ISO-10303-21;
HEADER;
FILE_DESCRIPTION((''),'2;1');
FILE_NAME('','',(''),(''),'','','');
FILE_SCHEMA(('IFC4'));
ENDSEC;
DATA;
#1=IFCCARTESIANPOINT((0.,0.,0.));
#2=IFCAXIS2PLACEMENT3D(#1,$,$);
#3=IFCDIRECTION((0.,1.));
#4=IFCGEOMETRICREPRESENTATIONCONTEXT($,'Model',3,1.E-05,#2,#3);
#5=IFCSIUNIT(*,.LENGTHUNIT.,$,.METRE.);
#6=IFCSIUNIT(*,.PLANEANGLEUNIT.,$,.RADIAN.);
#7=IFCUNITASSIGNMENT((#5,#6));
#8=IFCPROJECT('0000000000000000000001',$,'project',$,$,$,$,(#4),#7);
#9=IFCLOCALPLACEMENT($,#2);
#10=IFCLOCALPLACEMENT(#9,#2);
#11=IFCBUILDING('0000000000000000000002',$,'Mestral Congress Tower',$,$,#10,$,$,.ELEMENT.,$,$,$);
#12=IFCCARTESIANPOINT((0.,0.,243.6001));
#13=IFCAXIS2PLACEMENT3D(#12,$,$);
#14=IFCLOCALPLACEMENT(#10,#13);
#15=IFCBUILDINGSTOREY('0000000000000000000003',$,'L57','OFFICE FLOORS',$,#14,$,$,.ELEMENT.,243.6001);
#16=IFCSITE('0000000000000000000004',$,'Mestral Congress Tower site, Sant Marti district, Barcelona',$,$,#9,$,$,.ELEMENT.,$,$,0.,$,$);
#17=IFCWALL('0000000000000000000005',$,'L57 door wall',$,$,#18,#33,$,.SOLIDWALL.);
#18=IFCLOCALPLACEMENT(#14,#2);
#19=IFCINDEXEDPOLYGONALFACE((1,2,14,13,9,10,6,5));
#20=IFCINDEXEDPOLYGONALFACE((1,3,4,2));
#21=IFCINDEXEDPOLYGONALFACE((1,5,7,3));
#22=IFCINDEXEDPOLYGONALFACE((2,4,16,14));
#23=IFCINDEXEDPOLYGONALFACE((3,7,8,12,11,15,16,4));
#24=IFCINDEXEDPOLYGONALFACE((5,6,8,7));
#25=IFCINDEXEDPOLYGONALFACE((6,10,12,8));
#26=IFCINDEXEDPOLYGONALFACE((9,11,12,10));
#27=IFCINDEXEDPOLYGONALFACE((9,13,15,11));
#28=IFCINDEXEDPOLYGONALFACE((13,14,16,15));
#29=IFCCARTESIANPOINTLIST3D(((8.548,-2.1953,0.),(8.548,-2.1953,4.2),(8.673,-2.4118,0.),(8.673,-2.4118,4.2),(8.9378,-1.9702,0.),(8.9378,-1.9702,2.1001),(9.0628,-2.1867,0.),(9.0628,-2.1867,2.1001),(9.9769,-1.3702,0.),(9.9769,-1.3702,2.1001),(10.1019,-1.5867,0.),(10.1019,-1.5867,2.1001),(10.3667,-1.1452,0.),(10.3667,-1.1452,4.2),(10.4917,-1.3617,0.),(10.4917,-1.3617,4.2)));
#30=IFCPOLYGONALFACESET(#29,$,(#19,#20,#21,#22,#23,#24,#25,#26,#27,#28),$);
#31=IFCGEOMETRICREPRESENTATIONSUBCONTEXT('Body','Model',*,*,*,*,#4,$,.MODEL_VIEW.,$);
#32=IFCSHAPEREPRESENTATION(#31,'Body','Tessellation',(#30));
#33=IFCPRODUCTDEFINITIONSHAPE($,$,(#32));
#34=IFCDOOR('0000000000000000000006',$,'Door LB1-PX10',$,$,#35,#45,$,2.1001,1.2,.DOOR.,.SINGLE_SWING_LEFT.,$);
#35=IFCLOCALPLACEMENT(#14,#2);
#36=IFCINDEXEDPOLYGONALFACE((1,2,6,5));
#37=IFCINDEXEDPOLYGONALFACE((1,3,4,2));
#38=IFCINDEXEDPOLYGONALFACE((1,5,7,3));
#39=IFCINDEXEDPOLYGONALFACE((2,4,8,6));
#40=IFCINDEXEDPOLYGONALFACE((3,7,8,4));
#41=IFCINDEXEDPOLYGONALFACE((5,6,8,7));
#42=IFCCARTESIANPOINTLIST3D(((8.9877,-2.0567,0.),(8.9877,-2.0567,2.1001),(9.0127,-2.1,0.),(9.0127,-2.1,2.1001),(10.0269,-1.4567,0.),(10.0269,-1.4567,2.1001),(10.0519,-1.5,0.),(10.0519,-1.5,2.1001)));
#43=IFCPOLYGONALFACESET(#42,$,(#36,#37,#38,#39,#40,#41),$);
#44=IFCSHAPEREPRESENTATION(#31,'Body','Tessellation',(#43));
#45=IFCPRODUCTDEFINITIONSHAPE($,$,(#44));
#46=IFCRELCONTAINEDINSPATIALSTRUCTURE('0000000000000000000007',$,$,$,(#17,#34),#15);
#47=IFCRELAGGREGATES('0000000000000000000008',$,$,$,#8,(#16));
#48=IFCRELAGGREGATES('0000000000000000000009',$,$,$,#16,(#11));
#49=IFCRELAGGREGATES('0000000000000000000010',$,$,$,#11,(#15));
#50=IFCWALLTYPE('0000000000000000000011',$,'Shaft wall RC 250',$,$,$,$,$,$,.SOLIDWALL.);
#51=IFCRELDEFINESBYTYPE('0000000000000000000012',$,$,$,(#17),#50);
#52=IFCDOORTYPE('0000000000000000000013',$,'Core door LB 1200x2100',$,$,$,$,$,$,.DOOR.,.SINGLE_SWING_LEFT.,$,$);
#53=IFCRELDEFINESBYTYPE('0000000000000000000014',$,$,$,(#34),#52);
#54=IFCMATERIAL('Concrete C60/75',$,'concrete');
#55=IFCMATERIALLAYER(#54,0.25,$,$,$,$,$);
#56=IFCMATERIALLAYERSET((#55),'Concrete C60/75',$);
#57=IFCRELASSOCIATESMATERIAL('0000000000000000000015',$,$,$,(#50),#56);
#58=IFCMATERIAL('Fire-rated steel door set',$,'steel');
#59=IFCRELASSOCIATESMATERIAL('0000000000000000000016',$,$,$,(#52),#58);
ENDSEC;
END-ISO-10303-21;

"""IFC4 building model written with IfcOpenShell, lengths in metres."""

from ifc_helpers import new_model, si_unit, direction, frame, frame_2d, origin, place, context, subcontext, project, spatial, rectangle, extrude, material, layer, layer_set, type_object, element, fill, save


model = new_model("IFC4")

# Units and contexts
model_context = context("Model", 3, precision=1e-05, world=origin(), true_north=direction((0.0, 1.0)))
body_context = subcontext(model_context, "Body", "Model", "MODEL_VIEW")
ifc_project = project(units=[si_unit("LENGTHUNIT", "METRE"), si_unit("PLANEANGLEUNIT", "RADIAN")], contexts=[model_context])

# Site, building, storey
site_placement = place(None, origin())
site = spatial("IfcSite", under=ifc_project, at=site_placement, Name="Mestral Congress Tower site, Sant Marti district, Barcelona", CompositionType="ELEMENT", RefElevation=0.0)
building_placement = place(site_placement, origin())
building = spatial("IfcBuilding", under=site, at=building_placement, Name="Mestral Congress Tower", CompositionType="ELEMENT")
storey_placement = place(building_placement, frame((0.0, 0.0, 243.6001)))
storey = spatial("IfcBuildingStorey", under=building, at=storey_placement, Name="L57", Description="OFFICE FLOORS", CompositionType="ELEMENT", Elevation=243.6001)

# Shared definitions
ifc_material_1 = material(Name="Concrete C60/75", Category="concrete")

# Shared definitions
ifc_material_2 = material(Name="Fire-rated steel door set", Category="steel")

# Shared definitions
ifc_layer_1 = layer(ifc_material_1, 0.25)
ifc_layer_set_1 = layer_set([ifc_layer_1], Name="Concrete C60/75")
wall_type_1 = type_object("IfcWallType", Name="Shaft wall RC 250", PredefinedType="SOLIDWALL", material=ifc_layer_set_1)

# Wall, opening, door
wall_1_placement = place(storey_placement, frame((10.4292, -1.2534, 0.0), z_axis=(0.0, 0.0, 1.0), x_axis=(-0.866009, -0.500028, 0.0)))
wall_1 = element("IfcWall", 1, at=wall_1_placement, inside=storey, type_object=wall_type_1, Name="L57 door wall", PredefinedType="SOLIDWALL", context=body_context, shape_type="SweptSolid", body=[
    extrude(rectangle(XDim=2.1001, YDim=0.25, at=frame_2d((1.05, 0.0))), origin(), (0.0, 0.0, 1.0), 4.2),
])
opening_1_placement = place(wall_1_placement, frame((0.45, 0.0, 0.0)))
opening_1 = element("IfcOpeningElement", 2, at=opening_1_placement, cuts=wall_1, PredefinedType="OPENING", context=body_context, shape_type="SweptSolid", body=[
    extrude(rectangle(XDim=1.2, YDim=2.1001, at=frame_2d((0.6001, 1.05))), frame((0.0, 0.135, 0.0), z_axis=(0.0, -1.0, 0.0), x_axis=(1.0, 0.0, 0.0)), (0.0, 0.0, 1.0), 0.27),
])
door_type_1 = type_object("IfcDoorType", Name="Core door LB 1200x2100", OperationType="SINGLE_SWING_LEFT", PredefinedType="DOOR", material=ifc_material_2)
door_1_placement = place(opening_1_placement, origin())
door_1 = element("IfcDoor", 3, at=door_1_placement, inside=storey, type_object=door_type_1, Name="Door LB1-PX10", OperationType="SINGLE_SWING_LEFT", OverallHeight=2.1001, OverallWidth=1.2, PredefinedType="DOOR", context=body_context, shape_type="SweptSolid", body=[
    extrude(rectangle(XDim=1.2, YDim=2.1001, at=frame_2d((0.6001, 1.05))), frame((0.0, 0.0249, 0.0), z_axis=(0.0, -1.0, 0.0), x_axis=(1.0, 0.0, 0.0)), (0.0, 0.0, 1.0), 0.05),
])
fill(opening_1, door_1)

save(model, "model.ifc")
